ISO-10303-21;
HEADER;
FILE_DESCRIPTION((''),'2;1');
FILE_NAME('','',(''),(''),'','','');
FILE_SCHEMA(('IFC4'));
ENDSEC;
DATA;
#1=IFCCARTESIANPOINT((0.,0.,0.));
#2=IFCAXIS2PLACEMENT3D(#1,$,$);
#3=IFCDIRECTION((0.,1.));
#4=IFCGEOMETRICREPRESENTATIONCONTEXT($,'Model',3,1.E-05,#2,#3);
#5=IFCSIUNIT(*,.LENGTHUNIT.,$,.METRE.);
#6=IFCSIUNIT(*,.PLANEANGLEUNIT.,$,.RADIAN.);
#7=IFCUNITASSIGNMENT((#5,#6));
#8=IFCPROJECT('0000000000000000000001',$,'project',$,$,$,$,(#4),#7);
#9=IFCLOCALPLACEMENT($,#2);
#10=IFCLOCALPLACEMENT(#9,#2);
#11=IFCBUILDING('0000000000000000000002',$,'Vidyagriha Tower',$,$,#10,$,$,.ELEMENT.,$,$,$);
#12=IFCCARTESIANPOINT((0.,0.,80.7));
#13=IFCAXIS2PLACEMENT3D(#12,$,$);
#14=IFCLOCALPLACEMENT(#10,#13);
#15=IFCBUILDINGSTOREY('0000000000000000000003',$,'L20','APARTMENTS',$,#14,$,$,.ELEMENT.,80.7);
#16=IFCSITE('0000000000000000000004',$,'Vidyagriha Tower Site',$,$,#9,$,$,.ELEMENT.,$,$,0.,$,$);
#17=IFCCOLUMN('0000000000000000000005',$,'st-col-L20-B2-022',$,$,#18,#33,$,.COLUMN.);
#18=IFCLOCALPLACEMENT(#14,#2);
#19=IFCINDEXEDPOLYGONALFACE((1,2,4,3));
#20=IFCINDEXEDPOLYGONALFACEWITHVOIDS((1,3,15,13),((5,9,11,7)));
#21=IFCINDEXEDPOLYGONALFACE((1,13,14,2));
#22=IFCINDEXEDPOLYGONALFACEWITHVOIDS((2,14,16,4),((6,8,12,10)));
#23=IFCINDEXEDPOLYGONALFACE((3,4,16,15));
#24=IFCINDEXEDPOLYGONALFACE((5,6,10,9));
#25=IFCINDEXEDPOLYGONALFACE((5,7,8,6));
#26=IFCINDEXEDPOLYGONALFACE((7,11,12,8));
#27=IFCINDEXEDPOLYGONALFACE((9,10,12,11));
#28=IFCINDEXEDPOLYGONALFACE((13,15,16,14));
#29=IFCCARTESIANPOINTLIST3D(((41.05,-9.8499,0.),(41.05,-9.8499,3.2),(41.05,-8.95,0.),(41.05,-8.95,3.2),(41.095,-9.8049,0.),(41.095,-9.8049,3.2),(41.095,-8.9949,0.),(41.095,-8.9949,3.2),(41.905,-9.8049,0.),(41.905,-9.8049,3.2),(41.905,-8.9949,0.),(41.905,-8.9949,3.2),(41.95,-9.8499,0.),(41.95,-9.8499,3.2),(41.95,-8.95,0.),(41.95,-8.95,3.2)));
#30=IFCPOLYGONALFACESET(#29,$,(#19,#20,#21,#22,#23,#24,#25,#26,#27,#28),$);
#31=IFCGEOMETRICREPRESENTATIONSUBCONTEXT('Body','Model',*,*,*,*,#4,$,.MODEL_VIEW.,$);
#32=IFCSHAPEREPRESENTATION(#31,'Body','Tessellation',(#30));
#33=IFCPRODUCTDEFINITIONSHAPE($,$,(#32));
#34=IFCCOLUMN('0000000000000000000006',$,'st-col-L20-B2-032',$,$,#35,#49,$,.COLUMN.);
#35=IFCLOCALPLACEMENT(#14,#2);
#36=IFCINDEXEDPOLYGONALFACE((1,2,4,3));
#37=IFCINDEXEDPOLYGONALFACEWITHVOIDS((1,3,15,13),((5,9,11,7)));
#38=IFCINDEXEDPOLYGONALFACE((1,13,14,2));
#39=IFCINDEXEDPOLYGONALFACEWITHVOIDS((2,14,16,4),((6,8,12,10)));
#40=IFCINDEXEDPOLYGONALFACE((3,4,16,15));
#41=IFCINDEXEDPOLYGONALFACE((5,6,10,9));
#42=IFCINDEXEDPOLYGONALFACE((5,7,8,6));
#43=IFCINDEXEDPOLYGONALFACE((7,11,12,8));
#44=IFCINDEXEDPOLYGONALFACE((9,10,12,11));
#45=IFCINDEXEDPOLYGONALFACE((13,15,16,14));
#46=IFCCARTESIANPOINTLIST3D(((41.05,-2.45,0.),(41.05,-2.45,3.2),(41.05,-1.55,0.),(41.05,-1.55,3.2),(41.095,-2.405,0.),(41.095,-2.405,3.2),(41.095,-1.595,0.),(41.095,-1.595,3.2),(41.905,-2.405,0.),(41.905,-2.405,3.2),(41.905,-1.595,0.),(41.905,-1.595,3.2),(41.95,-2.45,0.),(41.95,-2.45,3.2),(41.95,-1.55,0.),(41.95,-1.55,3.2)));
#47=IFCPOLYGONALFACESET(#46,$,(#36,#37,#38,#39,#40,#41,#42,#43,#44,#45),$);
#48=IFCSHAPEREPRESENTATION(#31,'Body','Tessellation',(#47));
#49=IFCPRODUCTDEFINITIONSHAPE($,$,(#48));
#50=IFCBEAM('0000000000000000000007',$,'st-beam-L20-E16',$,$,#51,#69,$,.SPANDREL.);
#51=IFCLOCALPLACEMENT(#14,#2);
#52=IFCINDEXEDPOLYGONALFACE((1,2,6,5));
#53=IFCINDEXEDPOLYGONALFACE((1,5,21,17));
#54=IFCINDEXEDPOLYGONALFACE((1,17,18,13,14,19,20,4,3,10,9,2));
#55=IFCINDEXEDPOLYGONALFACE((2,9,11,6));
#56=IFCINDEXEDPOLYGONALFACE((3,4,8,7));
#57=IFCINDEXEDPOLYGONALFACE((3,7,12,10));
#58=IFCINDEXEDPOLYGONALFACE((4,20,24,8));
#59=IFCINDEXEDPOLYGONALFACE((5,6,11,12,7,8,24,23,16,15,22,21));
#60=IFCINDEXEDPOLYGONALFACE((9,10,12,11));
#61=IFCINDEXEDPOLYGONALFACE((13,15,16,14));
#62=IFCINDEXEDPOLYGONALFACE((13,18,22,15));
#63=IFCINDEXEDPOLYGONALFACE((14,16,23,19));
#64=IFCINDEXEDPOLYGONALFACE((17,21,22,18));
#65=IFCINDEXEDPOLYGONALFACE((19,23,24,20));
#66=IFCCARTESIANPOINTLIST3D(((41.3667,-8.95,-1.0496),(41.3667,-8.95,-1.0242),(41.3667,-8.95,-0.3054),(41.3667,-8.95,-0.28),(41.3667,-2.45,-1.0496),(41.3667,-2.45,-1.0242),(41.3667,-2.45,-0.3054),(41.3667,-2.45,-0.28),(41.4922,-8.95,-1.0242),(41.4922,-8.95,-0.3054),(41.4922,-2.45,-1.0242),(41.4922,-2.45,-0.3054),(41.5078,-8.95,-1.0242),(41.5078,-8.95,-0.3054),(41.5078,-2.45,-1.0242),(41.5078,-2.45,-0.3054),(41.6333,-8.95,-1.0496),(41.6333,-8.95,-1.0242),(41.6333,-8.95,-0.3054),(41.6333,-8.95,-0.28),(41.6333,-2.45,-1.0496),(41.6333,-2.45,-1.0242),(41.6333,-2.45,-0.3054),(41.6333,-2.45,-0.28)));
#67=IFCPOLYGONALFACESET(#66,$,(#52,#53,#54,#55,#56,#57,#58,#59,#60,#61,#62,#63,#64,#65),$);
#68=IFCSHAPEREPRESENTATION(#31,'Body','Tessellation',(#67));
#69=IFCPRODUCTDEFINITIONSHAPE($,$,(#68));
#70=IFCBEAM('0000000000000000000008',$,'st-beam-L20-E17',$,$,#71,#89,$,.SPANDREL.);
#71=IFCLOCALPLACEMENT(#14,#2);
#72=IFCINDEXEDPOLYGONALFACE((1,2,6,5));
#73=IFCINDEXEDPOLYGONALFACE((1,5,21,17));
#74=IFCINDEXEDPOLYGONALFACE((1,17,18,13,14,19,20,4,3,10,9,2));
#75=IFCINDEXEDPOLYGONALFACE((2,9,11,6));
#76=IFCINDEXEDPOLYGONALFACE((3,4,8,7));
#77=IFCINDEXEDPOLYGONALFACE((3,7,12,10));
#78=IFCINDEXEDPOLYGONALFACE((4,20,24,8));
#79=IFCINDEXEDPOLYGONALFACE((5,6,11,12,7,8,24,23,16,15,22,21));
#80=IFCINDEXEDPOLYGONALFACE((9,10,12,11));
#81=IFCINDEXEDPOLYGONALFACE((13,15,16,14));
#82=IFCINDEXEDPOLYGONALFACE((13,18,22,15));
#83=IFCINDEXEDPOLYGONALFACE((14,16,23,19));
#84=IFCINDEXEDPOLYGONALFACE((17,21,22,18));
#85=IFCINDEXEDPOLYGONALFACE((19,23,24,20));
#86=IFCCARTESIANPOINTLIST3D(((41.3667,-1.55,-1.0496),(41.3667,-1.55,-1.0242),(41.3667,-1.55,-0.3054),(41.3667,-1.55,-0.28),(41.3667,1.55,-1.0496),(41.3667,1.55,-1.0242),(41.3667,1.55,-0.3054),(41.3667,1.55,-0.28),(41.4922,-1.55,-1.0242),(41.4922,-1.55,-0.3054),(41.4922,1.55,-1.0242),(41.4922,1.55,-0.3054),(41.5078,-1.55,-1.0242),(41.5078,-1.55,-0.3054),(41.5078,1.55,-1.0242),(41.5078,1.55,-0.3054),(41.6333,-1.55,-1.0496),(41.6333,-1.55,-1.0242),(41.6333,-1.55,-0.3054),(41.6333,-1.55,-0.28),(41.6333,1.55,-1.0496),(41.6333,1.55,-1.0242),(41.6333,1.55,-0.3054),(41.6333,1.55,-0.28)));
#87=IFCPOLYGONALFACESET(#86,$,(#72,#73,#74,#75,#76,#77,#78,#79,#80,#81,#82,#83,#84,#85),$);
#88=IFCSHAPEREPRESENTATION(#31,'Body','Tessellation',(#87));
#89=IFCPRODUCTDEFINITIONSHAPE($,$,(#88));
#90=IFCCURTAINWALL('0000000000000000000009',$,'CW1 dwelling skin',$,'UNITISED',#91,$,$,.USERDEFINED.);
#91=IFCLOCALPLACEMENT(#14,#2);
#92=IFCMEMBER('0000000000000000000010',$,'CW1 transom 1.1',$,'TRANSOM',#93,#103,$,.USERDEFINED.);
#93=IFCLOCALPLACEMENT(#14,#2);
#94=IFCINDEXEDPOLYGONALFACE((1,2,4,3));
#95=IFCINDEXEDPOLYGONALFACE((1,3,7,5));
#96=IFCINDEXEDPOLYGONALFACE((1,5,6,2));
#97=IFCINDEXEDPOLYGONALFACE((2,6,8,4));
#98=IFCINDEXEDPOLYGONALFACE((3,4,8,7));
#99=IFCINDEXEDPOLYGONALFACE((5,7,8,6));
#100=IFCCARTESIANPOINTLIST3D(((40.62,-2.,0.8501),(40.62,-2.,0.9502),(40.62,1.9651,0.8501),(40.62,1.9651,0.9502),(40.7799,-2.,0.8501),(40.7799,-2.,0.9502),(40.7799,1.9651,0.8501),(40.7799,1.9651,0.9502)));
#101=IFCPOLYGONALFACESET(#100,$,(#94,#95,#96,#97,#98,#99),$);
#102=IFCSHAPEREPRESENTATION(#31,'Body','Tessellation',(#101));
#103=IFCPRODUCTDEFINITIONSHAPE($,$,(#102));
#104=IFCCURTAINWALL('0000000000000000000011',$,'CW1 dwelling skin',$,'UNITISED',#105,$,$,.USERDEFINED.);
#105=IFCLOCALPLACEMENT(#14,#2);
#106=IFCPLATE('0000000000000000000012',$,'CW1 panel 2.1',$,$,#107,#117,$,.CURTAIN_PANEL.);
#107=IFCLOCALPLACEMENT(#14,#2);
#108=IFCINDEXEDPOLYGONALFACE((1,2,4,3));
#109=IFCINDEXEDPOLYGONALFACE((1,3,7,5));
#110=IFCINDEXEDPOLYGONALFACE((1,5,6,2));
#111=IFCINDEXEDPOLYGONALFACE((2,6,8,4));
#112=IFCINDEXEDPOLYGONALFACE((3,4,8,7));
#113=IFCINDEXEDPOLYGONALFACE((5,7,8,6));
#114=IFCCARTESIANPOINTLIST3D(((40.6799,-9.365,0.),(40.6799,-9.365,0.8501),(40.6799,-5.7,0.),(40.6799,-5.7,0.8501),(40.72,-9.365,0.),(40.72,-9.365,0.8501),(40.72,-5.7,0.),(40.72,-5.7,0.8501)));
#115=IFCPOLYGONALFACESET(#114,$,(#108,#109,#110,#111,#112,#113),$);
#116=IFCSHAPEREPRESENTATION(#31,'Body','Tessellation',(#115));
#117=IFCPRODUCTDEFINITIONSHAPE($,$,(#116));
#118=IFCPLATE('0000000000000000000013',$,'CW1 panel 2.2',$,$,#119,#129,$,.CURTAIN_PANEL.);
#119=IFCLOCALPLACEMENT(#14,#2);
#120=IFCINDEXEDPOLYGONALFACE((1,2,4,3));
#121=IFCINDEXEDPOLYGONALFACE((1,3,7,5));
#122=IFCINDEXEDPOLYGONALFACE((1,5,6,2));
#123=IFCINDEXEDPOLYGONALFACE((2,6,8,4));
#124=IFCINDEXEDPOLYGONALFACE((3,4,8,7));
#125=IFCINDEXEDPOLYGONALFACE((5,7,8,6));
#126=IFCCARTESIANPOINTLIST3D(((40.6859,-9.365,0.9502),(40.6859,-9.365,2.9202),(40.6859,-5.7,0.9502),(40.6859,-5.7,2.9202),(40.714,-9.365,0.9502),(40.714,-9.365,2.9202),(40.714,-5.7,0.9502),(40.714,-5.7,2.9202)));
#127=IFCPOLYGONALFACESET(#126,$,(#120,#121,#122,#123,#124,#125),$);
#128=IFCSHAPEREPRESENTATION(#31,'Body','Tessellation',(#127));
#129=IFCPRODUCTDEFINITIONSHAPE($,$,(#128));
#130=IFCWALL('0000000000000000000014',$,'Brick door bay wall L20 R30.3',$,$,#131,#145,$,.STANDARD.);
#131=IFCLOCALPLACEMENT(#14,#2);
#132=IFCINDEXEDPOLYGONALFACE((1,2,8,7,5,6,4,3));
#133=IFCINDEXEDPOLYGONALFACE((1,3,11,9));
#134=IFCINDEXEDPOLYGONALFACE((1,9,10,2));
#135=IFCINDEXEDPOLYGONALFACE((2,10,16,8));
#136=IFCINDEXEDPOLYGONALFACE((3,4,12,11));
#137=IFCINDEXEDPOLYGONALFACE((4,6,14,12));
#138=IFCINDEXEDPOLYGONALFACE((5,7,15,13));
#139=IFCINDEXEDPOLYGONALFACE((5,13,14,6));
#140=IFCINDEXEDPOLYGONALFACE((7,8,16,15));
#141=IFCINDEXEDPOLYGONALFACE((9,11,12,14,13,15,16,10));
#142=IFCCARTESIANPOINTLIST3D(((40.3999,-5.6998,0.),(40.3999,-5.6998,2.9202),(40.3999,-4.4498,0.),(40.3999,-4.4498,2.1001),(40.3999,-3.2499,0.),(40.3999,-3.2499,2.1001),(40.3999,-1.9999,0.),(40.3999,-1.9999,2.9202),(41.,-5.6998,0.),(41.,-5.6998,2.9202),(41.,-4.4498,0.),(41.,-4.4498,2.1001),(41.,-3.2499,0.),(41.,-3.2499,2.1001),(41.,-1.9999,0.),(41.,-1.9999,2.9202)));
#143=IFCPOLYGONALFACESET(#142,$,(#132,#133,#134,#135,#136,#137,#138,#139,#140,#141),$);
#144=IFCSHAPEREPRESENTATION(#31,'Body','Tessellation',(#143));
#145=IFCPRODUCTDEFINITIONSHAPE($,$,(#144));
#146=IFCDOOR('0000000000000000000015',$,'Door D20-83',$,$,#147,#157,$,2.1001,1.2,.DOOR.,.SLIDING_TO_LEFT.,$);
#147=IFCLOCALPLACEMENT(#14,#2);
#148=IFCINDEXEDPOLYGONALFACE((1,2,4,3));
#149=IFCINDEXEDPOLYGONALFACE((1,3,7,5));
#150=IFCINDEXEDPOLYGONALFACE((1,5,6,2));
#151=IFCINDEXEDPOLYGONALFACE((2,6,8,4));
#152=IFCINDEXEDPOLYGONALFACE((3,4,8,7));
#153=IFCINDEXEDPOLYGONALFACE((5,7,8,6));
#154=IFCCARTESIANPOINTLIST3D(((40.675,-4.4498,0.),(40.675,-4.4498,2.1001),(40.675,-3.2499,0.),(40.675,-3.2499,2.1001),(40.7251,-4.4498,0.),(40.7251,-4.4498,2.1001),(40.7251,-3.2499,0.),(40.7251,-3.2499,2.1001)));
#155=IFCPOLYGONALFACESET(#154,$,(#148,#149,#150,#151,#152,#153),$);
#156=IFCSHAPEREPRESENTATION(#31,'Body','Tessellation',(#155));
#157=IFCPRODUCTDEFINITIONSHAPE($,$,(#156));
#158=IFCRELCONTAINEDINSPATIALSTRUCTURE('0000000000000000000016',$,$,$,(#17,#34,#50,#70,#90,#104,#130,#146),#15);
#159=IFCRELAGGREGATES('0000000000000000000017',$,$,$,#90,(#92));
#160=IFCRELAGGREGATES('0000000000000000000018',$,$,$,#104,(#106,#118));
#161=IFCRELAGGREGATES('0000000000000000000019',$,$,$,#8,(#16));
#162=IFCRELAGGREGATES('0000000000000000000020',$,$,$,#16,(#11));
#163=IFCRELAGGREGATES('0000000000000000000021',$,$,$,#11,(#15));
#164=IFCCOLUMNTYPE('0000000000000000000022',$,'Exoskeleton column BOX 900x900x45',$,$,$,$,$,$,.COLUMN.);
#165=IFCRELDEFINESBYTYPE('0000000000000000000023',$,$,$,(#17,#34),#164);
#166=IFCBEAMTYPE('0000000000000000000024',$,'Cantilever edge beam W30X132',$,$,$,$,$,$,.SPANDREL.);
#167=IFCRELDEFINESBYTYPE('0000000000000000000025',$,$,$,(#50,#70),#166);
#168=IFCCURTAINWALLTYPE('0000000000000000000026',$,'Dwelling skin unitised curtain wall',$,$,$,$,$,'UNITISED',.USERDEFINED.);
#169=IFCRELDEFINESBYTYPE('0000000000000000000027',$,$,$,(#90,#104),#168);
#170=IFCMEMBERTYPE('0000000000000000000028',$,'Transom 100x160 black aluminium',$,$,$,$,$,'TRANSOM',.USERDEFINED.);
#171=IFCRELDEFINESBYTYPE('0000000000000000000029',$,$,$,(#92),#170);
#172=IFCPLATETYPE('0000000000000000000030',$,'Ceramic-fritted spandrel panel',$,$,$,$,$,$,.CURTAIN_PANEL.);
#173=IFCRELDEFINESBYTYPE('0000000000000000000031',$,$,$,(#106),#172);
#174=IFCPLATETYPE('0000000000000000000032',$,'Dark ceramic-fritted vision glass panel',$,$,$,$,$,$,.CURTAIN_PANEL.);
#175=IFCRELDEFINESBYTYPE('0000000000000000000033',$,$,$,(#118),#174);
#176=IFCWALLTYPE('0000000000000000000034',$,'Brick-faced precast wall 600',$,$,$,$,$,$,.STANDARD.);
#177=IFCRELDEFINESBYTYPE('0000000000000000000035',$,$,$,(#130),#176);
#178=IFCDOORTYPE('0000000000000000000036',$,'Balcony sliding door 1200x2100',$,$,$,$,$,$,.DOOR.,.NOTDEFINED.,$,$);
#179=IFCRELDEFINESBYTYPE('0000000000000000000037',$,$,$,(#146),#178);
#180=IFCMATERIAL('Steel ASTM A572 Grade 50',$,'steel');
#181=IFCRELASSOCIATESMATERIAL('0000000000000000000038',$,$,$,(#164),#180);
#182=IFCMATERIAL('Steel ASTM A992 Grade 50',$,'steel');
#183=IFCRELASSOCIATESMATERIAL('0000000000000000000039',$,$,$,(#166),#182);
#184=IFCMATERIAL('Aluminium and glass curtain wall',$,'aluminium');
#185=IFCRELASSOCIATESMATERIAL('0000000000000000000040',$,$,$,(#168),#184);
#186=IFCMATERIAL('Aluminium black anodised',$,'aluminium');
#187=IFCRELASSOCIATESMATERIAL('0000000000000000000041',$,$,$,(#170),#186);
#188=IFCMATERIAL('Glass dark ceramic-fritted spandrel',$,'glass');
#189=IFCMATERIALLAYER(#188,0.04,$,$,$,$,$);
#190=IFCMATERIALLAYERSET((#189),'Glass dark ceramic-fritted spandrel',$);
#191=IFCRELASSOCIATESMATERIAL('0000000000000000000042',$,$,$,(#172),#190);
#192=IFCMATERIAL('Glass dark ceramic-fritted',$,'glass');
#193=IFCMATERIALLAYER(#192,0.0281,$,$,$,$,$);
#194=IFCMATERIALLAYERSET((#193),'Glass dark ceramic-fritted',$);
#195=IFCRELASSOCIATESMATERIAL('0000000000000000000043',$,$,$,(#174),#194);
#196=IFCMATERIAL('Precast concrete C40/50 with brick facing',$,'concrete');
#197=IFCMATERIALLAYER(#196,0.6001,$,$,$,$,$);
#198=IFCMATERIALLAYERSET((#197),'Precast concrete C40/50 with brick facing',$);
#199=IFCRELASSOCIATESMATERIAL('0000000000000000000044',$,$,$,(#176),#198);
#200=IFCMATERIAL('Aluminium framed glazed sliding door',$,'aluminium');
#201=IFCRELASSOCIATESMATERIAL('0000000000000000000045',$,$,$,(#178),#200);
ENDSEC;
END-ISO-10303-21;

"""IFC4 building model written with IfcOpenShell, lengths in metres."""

from ifc_helpers import new_model, si_unit, direction, frame, frame_2d, origin, origin_2d, place, context, subcontext, project, spatial, rectangle, hollow_rectangle, i_section, extrude, material, layer, layer_set, material_profile, profile_set, type_object, element, fill, aggregate, save


model = new_model("IFC4")

# Units and contexts
model_context = context("Model", 3, precision=1e-05, world=origin(), true_north=direction((0.0, 1.0)))
body_context = subcontext(model_context, "Body", "Model", "MODEL_VIEW")
ifc_project = project(units=[si_unit("LENGTHUNIT", "METRE"), si_unit("PLANEANGLEUNIT", "RADIAN")], contexts=[model_context])

# Site, building, storey
site_placement = place(None, origin())
site = spatial("IfcSite", under=ifc_project, at=site_placement, Name="Vidyagriha Tower Site", CompositionType="ELEMENT", RefElevation=0.0)
building_placement = place(site_placement, origin())
building = spatial("IfcBuilding", under=site, at=building_placement, Name="Vidyagriha Tower", CompositionType="ELEMENT")
storey_placement = place(building_placement, frame((0.0, 0.0, 80.7)))
storey = spatial("IfcBuildingStorey", under=building, at=storey_placement, Name="L20", Description="APARTMENTS", CompositionType="ELEMENT", Elevation=80.7)

# Columns
ifc_material_1 = material(Name="Steel ASTM A572 Grade 50", Category="steel")
ifc_material_profile_1 = material_profile(ifc_material_1, hollow_rectangle(XDim=0.8999, YDim=0.8999, WallThickness=0.0449, at=origin_2d()), Name="BOX 900x900x45")
ifc_profile_set_1 = profile_set([ifc_material_profile_1], Name="Steel ASTM A572 Grade 50")
column_type = type_object("IfcColumnType", Name="Exoskeleton column BOX 900x900x45", PredefinedType="COLUMN", material=ifc_profile_set_1)
for number, where, name in (
    (1, (41.5, -9.3999, 0.0), "st-col-L20-B2-022"),
    (2, (41.5, -2.0, 0.0), "st-col-L20-B2-032"),
):
    element("IfcColumn", number, at=place(storey_placement, frame(where)), inside=storey, type_object=column_type, Name=name, PredefinedType="COLUMN", context=body_context, shape_type="SweptSolid", body=[
        extrude(hollow_rectangle(XDim=0.8999, YDim=0.8999, WallThickness=0.0449, at=origin_2d()), origin(), (0.0, 0.0, 1.0), 3.2),
    ])

# Beams
ifc_material_2 = material(Name="Steel ASTM A992 Grade 50", Category="steel")
ifc_material_profile_2 = material_profile(ifc_material_2, i_section(OverallWidth=0.2666, OverallDepth=0.7695, WebThickness=0.0156, FlangeThickness=0.0254, at=origin_2d()), Name="W30X132")
ifc_profile_set_2 = profile_set([ifc_material_profile_2], Name="Steel ASTM A992 Grade 50")
beam_type = type_object("IfcBeamType", Name="Cantilever edge beam W30X132", PredefinedType="SPANDREL", material=ifc_profile_set_2)
beam_1_placement = place(storey_placement, frame((41.5, -8.95, -0.6648), z_axis=(0.0, 1.0, 0.0), x_axis=(-1.0, 0.0, 0.0)))
element("IfcBeam", 3, at=beam_1_placement, inside=storey, type_object=beam_type, Name="st-beam-L20-E16", PredefinedType="SPANDREL", context=body_context, shape_type="SweptSolid", body=[
    extrude(i_section(OverallWidth=0.2666, OverallDepth=0.7695, WebThickness=0.0156, FlangeThickness=0.0254, at=origin_2d()), origin(), (0.0, 0.0, 1.0), 6.5),
])
beam_2_placement = place(storey_placement, frame((41.5, -1.55, -0.6648), z_axis=(0.0, 1.0, 0.0), x_axis=(-1.0, 0.0, 0.0)))
element("IfcBeam", 4, at=beam_2_placement, inside=storey, type_object=beam_type, Name="st-beam-L20-E17", PredefinedType="SPANDREL", context=body_context, shape_type="SweptSolid", body=[
    extrude(i_section(OverallWidth=0.2666, OverallDepth=0.7695, WebThickness=0.0156, FlangeThickness=0.0254, at=origin_2d()), origin(), (0.0, 0.0, 1.0), 3.1001),
])

# Curtain wall, member
ifc_material_3 = material(Name="Aluminium and glass curtain wall", Category="aluminium")
curtain_wall_type = type_object("IfcCurtainWallType", Name="Dwelling skin unitised curtain wall", ElementType="UNITISED", PredefinedType="USERDEFINED", material=ifc_material_3)
curtain_wall_1_placement = place(storey_placement, origin())
curtain_wall_1 = element("IfcCurtainWall", 5, at=curtain_wall_1_placement, inside=storey, type_object=curtain_wall_type, Name="CW1 dwelling skin", ObjectType="UNITISED", PredefinedType="USERDEFINED")
ifc_material_4 = material(Name="Aluminium black anodised", Category="aluminium")
ifc_material_profile_3 = material_profile(ifc_material_4, rectangle(XDim=0.1599, YDim=0.1001, at=origin_2d()), Name="Transom 100x160 black aluminium")
ifc_profile_set_3 = profile_set([ifc_material_profile_3], Name="Aluminium black anodised")
member_type = type_object("IfcMemberType", Name="Transom 100x160 black aluminium", ElementType="TRANSOM", PredefinedType="USERDEFINED", material=ifc_profile_set_3)
member_placement = place(storey_placement, frame((40.7, -2.0, 0.9001), z_axis=(0.0, 1.0, 0.0), x_axis=(-1.0, 0.0, 0.0)))
member = element("IfcMember", 6, at=member_placement, type_object=member_type, Name="CW1 transom 1.1", ObjectType="TRANSOM", PredefinedType="USERDEFINED", context=body_context, shape_type="SweptSolid", body=[
    extrude(rectangle(XDim=0.1599, YDim=0.1001, at=origin_2d()), origin(), (0.0, 0.0, 1.0), 3.9651),
])
aggregate(curtain_wall_1, [member])

# Curtain wall, plates
curtain_wall_2_placement = place(storey_placement, origin())
curtain_wall_2 = element("IfcCurtainWall", 7, at=curtain_wall_2_placement, inside=storey, type_object=curtain_wall_type, Name="CW1 dwelling skin", ObjectType="UNITISED", PredefinedType="USERDEFINED")
ifc_material_5 = material(Name="Glass dark ceramic-fritted spandrel", Category="glass")
ifc_layer_1 = layer(ifc_material_5, 0.04)
ifc_layer_set_1 = layer_set([ifc_layer_1], Name="Glass dark ceramic-fritted spandrel")
plate_type_1 = type_object("IfcPlateType", Name="Ceramic-fritted spandrel panel", PredefinedType="CURTAIN_PANEL", material=ifc_layer_set_1)
plate_1_placement = place(storey_placement, frame((40.7, -7.5325, 0.0), z_axis=(0.0, 0.0, 1.0), x_axis=(0.0, 1.0, 0.0)))
plate_1 = element("IfcPlate", 8, at=plate_1_placement, type_object=plate_type_1, Name="CW1 panel 2.1", PredefinedType="CURTAIN_PANEL", context=body_context, shape_type="SweptSolid", body=[
    extrude(rectangle(XDim=3.665, YDim=0.04, at=origin_2d()), origin(), (0.0, 0.0, 1.0), 0.8501),
])
ifc_material_6 = material(Name="Glass dark ceramic-fritted", Category="glass")
ifc_layer_2 = layer(ifc_material_6, 0.0281)
ifc_layer_set_2 = layer_set([ifc_layer_2], Name="Glass dark ceramic-fritted")
plate_type_2 = type_object("IfcPlateType", Name="Dark ceramic-fritted vision glass panel", PredefinedType="CURTAIN_PANEL", material=ifc_layer_set_2)
plate_2_placement = place(storey_placement, frame((40.7, -7.5325, 0.9502), z_axis=(0.0, 0.0, 1.0), x_axis=(0.0, 1.0, 0.0)))
plate_2 = element("IfcPlate", 9, at=plate_2_placement, type_object=plate_type_2, Name="CW1 panel 2.2", PredefinedType="CURTAIN_PANEL", context=body_context, shape_type="SweptSolid", body=[
    extrude(rectangle(XDim=3.665, YDim=0.0281, at=origin_2d()), origin(), (0.0, 0.0, 1.0), 1.97),
])
aggregate(curtain_wall_2, [plate_1, plate_2])

# Wall, opening, door
ifc_material_7 = material(Name="Precast concrete C40/50 with brick facing", Category="concrete")
ifc_layer_3 = layer(ifc_material_7, 0.6001)
ifc_layer_set_3 = layer_set([ifc_layer_3], Name="Precast concrete C40/50 with brick facing")
wall_type = type_object("IfcWallType", Name="Brick-faced precast wall 600", PredefinedType="STANDARD", material=ifc_layer_set_3)
wall_placement = place(storey_placement, frame((40.7, -5.7, 0.0), z_axis=(0.0, 0.0, 1.0), x_axis=(0.0, 1.0, 0.0)))
wall = element("IfcWall", 10, at=wall_placement, inside=storey, type_object=wall_type, Name="Brick door bay wall L20 R30.3", PredefinedType="STANDARD", context=body_context, shape_type="SweptSolid", body=[
    extrude(rectangle(XDim=3.7, YDim=0.6001, at=frame_2d((1.8501, 0.0))), origin(), (0.0, 0.0, 1.0), 2.9202),
])
opening_placement = place(wall_placement, frame((1.25, 0.0, 0.0)))
opening = element("IfcOpeningElement", 11, at=opening_placement, cuts=wall, PredefinedType="OPENING", context=body_context, shape_type="SweptSolid", body=[
    extrude(rectangle(XDim=1.2, YDim=2.1001, at=frame_2d((0.6001, 1.05))), frame((0.0, 0.3101, 0.0), z_axis=(0.0, -1.0, 0.0), x_axis=(1.0, 0.0, 0.0)), (0.0, 0.0, 1.0), 0.6201),
])
ifc_material_8 = material(Name="Aluminium framed glazed sliding door", Category="aluminium")
door_type = type_object("IfcDoorType", Name="Balcony sliding door 1200x2100", OperationType="NOTDEFINED", PredefinedType="DOOR", material=ifc_material_8)
door_placement = place(opening_placement, origin())
door = element("IfcDoor", 12, at=door_placement, inside=storey, type_object=door_type, Name="Door D20-83", OperationType="SLIDING_TO_LEFT", OverallHeight=2.1001, OverallWidth=1.2, PredefinedType="DOOR", context=body_context, shape_type="SweptSolid", body=[
    extrude(rectangle(XDim=1.2, YDim=2.1001, at=frame_2d((0.6001, 1.05))), frame((0.0, 0.0249, 0.0), z_axis=(0.0, -1.0, 0.0), x_axis=(1.0, 0.0, 0.0)), (0.0, 0.0, 1.0), 0.05),
])
fill(opening, door)

save(model, "model.ifc")
